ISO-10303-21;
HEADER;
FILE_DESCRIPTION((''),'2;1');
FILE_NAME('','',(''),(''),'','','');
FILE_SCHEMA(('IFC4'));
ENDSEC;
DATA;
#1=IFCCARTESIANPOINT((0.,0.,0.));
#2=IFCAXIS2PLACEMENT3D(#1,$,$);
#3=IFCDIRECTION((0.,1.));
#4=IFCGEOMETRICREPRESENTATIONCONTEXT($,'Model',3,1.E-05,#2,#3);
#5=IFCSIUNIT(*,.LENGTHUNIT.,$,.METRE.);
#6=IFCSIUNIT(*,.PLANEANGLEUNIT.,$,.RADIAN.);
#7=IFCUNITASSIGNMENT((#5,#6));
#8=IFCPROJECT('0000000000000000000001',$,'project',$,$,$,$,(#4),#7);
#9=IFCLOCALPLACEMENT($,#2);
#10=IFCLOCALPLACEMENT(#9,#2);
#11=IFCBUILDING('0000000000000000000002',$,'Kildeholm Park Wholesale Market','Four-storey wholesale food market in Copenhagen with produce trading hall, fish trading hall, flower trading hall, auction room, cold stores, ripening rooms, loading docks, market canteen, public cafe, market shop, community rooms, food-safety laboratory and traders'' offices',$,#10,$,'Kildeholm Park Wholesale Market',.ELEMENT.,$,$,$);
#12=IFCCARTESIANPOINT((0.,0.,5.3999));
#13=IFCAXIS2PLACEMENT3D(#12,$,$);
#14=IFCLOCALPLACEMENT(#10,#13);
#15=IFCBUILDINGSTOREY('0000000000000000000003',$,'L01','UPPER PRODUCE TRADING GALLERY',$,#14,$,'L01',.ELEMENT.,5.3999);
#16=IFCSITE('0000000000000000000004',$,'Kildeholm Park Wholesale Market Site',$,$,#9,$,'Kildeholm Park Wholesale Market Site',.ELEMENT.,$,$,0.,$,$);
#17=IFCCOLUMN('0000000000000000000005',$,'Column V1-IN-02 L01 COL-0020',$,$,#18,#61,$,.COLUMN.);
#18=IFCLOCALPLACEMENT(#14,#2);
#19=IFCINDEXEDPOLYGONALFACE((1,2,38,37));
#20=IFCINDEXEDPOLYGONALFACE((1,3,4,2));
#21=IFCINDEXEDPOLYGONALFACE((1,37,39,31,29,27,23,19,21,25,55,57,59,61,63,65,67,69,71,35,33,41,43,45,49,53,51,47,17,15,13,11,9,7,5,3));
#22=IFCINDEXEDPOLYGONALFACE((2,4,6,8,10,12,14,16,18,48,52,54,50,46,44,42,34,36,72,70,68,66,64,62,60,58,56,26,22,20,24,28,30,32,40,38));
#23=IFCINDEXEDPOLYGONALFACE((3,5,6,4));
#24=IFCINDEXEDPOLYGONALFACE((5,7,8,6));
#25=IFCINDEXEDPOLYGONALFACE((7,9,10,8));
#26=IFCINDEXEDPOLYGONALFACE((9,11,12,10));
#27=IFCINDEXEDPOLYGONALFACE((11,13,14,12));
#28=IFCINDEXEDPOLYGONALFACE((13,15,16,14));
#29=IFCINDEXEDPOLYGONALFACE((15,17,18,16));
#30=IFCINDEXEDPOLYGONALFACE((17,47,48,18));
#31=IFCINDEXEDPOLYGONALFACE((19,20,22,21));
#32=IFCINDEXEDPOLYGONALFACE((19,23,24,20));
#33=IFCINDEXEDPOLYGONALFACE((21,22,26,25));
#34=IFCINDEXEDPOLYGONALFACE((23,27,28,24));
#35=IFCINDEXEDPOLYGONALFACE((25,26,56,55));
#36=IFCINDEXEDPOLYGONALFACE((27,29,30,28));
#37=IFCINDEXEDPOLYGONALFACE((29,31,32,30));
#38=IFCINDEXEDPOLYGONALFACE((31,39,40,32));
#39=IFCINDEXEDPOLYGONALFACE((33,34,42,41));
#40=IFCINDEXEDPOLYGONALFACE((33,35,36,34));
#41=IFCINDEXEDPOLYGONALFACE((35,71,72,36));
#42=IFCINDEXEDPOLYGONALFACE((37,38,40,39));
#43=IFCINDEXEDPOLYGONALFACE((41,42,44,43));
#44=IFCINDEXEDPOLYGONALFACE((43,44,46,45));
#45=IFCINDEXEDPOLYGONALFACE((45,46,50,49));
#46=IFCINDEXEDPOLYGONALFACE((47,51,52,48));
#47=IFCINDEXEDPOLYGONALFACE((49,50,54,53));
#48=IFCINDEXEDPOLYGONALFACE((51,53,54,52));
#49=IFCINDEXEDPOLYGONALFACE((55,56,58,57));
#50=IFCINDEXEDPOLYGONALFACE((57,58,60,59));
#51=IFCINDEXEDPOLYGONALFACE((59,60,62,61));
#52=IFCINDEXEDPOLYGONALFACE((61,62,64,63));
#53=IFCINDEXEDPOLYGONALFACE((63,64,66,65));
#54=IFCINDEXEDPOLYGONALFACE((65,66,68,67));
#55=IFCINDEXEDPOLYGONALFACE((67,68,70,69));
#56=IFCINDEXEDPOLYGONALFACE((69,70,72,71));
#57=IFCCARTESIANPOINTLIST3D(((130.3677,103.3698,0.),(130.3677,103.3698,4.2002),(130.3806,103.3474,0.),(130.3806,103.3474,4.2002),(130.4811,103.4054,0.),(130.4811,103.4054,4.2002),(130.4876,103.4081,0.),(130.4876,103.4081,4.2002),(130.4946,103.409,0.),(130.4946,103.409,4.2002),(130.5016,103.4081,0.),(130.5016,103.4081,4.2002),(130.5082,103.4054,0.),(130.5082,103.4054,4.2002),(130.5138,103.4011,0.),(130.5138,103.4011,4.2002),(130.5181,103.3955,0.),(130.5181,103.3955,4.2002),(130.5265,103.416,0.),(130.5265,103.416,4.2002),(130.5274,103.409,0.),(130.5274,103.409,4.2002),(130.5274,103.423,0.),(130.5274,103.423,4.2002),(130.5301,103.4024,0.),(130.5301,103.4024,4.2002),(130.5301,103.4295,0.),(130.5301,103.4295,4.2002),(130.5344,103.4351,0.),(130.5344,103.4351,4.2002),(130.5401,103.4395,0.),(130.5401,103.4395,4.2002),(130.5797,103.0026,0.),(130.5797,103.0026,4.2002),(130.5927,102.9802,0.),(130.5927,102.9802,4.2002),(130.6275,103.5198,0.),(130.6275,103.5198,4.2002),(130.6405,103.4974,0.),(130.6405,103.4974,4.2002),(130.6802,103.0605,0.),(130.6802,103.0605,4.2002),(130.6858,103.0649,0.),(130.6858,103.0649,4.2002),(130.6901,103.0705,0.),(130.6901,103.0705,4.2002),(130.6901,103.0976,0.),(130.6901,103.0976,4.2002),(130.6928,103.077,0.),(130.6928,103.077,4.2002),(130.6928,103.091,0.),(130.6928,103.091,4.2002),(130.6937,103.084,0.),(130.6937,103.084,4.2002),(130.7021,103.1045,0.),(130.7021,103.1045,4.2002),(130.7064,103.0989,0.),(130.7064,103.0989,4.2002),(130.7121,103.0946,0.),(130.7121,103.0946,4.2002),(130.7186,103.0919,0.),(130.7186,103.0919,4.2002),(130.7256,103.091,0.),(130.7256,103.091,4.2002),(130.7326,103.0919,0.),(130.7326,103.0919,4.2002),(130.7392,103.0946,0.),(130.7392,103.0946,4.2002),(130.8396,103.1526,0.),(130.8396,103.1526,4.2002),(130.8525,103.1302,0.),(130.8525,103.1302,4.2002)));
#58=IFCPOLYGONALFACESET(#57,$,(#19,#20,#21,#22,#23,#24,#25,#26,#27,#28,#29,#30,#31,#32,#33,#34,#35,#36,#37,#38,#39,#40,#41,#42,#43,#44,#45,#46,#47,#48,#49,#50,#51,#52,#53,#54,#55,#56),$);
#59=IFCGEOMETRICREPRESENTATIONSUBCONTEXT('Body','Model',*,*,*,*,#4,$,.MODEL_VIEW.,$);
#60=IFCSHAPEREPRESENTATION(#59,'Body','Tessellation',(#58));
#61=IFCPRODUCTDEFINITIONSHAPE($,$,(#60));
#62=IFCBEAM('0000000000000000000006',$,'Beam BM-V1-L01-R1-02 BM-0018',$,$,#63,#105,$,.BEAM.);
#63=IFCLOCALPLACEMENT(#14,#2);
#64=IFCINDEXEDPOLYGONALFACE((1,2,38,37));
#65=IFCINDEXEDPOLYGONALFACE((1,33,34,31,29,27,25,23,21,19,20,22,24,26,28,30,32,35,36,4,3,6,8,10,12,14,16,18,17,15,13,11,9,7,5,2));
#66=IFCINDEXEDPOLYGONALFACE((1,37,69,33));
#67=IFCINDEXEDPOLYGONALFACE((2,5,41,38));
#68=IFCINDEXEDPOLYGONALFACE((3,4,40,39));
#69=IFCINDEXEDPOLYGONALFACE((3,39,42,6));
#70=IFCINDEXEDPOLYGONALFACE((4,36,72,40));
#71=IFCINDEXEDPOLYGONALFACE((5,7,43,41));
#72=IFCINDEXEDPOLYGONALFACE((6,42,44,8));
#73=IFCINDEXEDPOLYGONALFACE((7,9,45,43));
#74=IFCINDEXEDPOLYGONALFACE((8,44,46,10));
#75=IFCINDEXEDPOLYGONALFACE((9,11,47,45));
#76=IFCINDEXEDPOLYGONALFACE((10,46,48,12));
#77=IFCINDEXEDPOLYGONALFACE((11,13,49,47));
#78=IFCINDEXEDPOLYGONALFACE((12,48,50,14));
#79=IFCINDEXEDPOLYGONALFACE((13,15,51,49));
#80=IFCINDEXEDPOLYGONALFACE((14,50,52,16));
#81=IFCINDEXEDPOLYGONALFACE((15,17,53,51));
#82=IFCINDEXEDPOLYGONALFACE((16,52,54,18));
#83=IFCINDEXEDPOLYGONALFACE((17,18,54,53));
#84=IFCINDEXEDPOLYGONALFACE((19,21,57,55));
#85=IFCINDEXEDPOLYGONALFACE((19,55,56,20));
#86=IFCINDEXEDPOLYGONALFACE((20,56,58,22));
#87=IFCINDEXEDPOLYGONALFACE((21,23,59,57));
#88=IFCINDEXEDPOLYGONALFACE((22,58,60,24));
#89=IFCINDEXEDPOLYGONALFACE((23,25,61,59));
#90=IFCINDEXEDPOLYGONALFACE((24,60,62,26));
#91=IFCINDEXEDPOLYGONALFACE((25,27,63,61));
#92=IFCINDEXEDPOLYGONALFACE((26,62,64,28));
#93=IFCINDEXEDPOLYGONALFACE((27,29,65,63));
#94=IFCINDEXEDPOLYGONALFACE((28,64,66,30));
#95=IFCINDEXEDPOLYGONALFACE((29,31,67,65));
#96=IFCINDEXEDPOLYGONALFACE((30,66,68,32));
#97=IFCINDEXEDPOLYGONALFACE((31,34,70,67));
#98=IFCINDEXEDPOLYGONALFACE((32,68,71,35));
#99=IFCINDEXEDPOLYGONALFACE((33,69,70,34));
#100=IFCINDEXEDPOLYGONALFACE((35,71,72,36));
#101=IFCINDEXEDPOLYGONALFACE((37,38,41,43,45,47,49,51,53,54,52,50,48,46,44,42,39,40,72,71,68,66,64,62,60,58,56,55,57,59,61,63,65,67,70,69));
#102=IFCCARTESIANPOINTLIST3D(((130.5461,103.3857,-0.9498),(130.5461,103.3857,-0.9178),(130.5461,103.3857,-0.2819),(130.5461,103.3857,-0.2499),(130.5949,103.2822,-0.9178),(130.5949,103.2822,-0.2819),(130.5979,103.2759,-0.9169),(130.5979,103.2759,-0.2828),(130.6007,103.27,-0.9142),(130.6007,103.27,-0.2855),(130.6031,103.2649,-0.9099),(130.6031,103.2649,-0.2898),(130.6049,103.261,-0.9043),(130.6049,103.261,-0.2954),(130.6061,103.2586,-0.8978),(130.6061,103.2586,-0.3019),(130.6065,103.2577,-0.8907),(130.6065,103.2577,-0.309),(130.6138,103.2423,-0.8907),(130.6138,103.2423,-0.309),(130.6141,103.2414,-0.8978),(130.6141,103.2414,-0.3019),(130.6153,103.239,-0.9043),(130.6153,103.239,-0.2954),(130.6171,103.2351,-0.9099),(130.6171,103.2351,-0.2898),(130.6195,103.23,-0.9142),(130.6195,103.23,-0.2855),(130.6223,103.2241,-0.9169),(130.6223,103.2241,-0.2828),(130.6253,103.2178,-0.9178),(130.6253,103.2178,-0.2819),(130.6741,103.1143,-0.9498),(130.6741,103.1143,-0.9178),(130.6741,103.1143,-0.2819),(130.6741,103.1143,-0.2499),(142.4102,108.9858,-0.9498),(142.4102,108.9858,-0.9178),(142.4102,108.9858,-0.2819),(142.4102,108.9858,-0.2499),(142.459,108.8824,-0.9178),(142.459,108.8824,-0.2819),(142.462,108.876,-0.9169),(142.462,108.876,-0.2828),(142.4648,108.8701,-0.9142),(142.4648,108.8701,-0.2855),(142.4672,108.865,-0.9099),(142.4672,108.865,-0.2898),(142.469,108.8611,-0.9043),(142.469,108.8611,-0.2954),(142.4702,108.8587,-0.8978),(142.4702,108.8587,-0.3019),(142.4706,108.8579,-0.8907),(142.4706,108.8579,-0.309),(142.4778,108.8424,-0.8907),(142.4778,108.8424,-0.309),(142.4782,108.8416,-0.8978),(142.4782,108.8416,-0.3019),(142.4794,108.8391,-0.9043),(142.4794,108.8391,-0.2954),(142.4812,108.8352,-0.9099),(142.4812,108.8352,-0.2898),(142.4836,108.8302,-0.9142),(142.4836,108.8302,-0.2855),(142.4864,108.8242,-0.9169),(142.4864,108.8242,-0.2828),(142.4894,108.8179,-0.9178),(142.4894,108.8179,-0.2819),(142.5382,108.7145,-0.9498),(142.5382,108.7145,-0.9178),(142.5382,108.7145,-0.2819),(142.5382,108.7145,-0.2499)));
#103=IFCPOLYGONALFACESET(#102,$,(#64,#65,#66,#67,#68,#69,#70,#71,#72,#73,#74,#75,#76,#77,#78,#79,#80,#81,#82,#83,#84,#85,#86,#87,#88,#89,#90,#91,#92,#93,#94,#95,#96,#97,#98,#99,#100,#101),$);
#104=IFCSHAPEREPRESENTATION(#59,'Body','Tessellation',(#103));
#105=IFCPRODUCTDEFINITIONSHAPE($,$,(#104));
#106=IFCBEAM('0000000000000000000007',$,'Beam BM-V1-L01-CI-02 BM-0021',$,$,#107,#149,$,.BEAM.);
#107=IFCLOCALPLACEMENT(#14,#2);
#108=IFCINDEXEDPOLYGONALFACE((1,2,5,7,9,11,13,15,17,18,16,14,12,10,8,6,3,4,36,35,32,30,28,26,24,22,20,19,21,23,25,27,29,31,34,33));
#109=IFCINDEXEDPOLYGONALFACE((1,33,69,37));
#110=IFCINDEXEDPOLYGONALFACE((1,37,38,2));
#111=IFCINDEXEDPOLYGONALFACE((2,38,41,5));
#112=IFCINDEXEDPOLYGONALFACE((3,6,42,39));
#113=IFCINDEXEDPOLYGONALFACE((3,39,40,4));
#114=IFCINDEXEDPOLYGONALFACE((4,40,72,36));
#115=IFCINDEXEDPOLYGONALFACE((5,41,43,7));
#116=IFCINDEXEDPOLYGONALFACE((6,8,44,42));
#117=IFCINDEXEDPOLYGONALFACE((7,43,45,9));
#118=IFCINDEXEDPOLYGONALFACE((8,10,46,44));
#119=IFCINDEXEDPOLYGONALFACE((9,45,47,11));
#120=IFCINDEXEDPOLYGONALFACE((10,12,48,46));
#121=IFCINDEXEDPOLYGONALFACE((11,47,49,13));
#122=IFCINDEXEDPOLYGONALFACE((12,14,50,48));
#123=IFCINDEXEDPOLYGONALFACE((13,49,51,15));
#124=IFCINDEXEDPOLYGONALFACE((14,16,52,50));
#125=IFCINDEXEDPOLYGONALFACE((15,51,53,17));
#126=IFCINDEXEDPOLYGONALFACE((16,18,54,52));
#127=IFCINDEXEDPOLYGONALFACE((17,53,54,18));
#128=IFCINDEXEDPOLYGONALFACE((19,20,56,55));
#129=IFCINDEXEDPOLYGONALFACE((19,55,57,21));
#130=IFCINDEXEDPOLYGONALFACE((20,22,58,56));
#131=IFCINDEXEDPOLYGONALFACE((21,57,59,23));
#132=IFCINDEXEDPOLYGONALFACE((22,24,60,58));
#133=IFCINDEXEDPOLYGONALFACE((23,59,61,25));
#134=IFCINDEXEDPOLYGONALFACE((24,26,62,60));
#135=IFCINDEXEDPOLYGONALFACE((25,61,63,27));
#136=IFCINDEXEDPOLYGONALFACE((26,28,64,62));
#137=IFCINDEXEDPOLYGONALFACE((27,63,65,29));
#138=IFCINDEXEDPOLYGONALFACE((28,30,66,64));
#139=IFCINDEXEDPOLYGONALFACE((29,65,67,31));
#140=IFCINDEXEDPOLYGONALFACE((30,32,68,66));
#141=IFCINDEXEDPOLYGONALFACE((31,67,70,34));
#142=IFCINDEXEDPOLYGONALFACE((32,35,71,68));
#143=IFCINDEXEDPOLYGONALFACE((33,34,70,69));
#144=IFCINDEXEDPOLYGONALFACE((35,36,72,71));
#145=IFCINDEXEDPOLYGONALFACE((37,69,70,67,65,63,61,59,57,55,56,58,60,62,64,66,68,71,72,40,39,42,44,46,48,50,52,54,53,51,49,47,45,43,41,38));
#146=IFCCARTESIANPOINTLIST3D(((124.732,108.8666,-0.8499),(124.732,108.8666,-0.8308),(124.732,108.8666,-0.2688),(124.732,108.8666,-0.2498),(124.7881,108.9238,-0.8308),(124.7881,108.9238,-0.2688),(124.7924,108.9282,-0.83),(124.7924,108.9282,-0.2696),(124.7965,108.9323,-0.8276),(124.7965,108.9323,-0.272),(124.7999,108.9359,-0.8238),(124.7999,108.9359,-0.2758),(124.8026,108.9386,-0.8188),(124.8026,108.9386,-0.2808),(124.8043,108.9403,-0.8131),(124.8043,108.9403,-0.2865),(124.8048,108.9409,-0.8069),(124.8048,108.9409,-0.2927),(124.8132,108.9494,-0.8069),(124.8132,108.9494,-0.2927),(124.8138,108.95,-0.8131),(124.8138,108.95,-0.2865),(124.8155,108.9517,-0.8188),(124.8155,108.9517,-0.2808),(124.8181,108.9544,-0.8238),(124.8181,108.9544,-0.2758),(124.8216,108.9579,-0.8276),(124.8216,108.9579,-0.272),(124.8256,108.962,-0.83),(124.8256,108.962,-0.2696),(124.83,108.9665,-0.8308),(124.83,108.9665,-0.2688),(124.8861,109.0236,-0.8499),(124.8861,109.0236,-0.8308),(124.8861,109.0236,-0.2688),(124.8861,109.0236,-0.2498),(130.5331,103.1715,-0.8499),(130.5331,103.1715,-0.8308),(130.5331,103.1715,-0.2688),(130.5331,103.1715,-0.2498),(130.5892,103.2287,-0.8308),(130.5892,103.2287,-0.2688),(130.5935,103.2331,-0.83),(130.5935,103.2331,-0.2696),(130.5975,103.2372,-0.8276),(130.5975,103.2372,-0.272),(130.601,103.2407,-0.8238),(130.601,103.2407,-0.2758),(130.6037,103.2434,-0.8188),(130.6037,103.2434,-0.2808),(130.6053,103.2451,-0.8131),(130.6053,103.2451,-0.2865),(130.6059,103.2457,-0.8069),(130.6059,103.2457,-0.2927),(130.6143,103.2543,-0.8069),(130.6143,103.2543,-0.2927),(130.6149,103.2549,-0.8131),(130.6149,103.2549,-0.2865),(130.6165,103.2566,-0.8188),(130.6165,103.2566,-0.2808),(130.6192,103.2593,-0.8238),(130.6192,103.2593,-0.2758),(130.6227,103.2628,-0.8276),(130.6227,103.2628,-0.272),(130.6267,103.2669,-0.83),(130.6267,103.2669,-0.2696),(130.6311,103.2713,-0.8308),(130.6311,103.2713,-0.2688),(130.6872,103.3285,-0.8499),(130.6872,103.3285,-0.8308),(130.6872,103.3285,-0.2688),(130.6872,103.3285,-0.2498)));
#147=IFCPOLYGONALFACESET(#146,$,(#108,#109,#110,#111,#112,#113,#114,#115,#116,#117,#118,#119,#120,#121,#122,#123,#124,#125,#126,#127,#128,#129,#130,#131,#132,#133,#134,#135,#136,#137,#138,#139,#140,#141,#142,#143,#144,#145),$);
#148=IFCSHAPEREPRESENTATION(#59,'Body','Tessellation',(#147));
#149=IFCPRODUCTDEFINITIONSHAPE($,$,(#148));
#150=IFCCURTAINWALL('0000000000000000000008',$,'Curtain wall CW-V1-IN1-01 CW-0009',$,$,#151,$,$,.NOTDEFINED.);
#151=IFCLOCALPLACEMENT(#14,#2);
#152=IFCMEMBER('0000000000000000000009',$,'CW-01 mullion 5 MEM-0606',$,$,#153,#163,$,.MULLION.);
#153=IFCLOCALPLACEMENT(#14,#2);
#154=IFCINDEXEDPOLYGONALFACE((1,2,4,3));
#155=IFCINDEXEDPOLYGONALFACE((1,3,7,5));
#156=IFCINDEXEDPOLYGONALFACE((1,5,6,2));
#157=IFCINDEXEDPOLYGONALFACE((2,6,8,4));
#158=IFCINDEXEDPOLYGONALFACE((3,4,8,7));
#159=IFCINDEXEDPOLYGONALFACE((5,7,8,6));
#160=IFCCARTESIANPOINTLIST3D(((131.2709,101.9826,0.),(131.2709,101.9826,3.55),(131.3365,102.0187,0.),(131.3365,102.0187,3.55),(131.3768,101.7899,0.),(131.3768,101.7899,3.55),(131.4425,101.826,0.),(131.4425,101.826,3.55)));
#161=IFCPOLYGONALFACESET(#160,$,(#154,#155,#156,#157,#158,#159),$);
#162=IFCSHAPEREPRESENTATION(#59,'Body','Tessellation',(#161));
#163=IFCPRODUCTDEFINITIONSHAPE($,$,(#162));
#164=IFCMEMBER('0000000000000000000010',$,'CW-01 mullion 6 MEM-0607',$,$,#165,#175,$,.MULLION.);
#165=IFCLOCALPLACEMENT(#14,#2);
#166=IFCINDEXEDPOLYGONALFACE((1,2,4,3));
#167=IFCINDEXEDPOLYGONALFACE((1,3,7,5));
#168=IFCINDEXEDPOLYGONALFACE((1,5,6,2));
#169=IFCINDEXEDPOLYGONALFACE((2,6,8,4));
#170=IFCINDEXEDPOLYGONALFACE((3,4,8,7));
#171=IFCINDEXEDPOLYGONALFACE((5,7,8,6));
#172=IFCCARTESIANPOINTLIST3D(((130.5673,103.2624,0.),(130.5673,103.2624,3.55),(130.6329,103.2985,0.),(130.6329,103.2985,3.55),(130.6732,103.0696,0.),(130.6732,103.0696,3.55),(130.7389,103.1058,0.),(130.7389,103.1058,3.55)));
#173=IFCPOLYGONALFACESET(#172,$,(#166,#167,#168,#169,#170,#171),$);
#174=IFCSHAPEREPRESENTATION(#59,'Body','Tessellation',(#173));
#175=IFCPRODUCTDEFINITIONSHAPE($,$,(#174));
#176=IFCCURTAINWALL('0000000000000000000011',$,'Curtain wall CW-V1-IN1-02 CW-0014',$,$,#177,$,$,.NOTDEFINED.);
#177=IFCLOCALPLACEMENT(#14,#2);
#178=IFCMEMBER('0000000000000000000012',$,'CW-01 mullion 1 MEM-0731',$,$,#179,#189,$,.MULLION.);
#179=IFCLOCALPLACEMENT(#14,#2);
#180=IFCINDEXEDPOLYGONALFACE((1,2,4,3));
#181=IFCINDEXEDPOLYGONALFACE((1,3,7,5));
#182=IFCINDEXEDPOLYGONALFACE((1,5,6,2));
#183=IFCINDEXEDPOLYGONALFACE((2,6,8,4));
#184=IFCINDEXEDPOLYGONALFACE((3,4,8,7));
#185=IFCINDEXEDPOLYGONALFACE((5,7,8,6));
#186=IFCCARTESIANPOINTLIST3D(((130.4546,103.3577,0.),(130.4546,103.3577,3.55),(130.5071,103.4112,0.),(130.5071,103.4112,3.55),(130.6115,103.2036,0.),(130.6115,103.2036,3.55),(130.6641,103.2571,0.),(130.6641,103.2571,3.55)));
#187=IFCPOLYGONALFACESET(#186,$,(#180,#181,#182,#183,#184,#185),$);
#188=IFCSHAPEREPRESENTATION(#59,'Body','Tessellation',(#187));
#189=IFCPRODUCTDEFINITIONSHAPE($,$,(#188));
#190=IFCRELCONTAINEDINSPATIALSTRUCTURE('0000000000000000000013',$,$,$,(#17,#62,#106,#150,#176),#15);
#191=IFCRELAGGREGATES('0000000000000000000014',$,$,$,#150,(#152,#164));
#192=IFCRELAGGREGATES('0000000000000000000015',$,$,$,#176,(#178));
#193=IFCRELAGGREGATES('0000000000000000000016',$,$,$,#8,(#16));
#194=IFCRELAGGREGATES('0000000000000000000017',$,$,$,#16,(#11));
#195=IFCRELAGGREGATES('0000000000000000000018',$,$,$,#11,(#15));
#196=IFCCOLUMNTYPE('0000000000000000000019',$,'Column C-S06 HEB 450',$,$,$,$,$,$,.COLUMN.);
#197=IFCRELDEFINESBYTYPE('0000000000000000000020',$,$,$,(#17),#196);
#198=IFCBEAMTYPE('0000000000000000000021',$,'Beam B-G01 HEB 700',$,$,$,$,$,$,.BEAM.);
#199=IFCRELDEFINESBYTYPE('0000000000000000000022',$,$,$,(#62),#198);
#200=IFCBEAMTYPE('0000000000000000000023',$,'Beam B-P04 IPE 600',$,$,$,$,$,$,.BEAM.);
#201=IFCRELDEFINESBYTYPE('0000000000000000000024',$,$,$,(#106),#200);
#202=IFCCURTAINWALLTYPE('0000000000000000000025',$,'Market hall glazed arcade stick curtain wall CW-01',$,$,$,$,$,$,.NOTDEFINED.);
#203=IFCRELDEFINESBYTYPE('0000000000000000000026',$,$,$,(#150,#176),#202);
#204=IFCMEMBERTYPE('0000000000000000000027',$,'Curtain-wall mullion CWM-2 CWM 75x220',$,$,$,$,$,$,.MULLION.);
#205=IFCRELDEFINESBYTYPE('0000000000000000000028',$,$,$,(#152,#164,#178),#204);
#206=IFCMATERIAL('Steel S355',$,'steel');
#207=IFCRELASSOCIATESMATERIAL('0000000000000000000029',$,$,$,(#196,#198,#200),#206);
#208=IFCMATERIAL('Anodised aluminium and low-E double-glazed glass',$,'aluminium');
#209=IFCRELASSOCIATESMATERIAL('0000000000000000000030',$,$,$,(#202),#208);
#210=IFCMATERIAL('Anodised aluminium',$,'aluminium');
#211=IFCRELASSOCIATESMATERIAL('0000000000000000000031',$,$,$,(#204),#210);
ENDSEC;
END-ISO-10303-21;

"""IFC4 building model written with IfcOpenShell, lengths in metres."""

from ifc_helpers import new_model, si_unit, direction, frame, origin, origin_2d, place, context, subcontext, project, spatial, rectangle, i_section, extrude, material, material_profile, profile_set, type_object, element, aggregate, save


model = new_model("IFC4")

# Units and contexts
model_context = context("Model", 3, precision=1e-05, world=origin(), true_north=direction((0.0, 1.0)))
body_context = subcontext(model_context, "Body", "Model", "MODEL_VIEW")
ifc_project = project(units=[si_unit("LENGTHUNIT", "METRE"), si_unit("PLANEANGLEUNIT", "RADIAN")], contexts=[model_context])

# Site, building, storey
site_placement = place(None, origin())
site = spatial("IfcSite", under=ifc_project, at=site_placement, Name="Kildeholm Park Wholesale Market Site", LongName="Kildeholm Park Wholesale Market Site", CompositionType="ELEMENT", RefElevation=0.0)
building_placement = place(site_placement, origin())
building = spatial("IfcBuilding", under=site, at=building_placement, Name="Kildeholm Park Wholesale Market", Description="Four-storey wholesale food market in Copenhagen with produce trading hall, fish trading hall, flower trading hall, auction room, cold stores, ripening rooms, loading docks, market canteen, public cafe, market shop, community rooms, food-safety laboratory and traders' offices", LongName="Kildeholm Park Wholesale Market", CompositionType="ELEMENT")
storey_placement = place(building_placement, frame((0.0, 0.0, 5.3999)))
storey = spatial("IfcBuildingStorey", under=building, at=storey_placement, Name="L01", Description="UPPER PRODUCE TRADING GALLERY", LongName="L01", CompositionType="ELEMENT", Elevation=5.3999)

# Column
ifc_material_1 = material(Name="Steel S355", Category="steel")
ifc_material_profile_1 = material_profile(ifc_material_1, i_section(OverallWidth=0.3, OverallDepth=0.45, WebThickness=0.0139, FlangeThickness=0.0259, FilletRadius=0.0271, at=origin_2d()), Name="HEB 450")
ifc_profile_set_1 = profile_set([ifc_material_profile_1], Name="Steel S355")
column_type = type_object("IfcColumnType", Name="Column C-S06 HEB 450", PredefinedType="COLUMN", material=ifc_profile_set_1)
column_placement = place(storey_placement, frame((130.6101, 103.25, 0.0), z_axis=(0.0, 0.0, 1.0), x_axis=(0.866025, 0.5, 0.0)))
element("IfcColumn", 1, at=column_placement, inside=storey, type_object=column_type, Name="Column V1-IN-02 L01 COL-0020", PredefinedType="COLUMN", context=body_context, shape_type="SweptSolid", body=[
    extrude(i_section(OverallWidth=0.3, OverallDepth=0.45, WebThickness=0.0139, FlangeThickness=0.0259, FilletRadius=0.0271, at=origin_2d()), origin(), (0.0, 0.0, 1.0), 4.2002),
])

# Beams
ifc_material_profile_2 = material_profile(ifc_material_1, i_section(OverallWidth=0.3, OverallDepth=0.7, WebThickness=0.0171, FlangeThickness=0.032, FilletRadius=0.0271, at=origin_2d()), Name="HEB 700")
ifc_profile_set_2 = profile_set([ifc_material_profile_2], Name="Steel S355")
beam_type_1 = type_object("IfcBeamType", Name="Beam B-G01 HEB 700", PredefinedType="BEAM", material=ifc_profile_set_2)
beam_1_placement = place(storey_placement, frame((130.6101, 103.25, -0.5999), z_axis=(0.904318, 0.42686, 0.0), x_axis=(-0.42686, 0.904318, 0.0)))
element("IfcBeam", 2, at=beam_1_placement, inside=storey, type_object=beam_type_1, Name="Beam BM-V1-L01-R1-02 BM-0018", PredefinedType="BEAM", context=body_context, shape_type="SweptSolid", body=[
    extrude(i_section(OverallWidth=0.3, OverallDepth=0.7, WebThickness=0.0171, FlangeThickness=0.032, FilletRadius=0.0271, at=origin_2d()), origin(), (0.0, 0.0, 1.0), 13.1194),
])
ifc_material_profile_3 = material_profile(ifc_material_1, i_section(OverallWidth=0.22, OverallDepth=0.6001, WebThickness=0.012, FlangeThickness=0.019, FilletRadius=0.0239, at=origin_2d()), Name="IPE 600")
ifc_profile_set_3 = profile_set([ifc_material_profile_3], Name="Steel S355")
beam_type_2 = type_object("IfcBeamType", Name="Beam B-P04 IPE 600", PredefinedType="BEAM", material=ifc_profile_set_3)
beam_2_placement = place(storey_placement, frame((130.6101, 103.25, -0.5498), z_axis=(-0.713594, 0.70056, 0.0), x_axis=(-0.70056, -0.713594, 0.0)))
element("IfcBeam", 3, at=beam_2_placement, inside=storey, type_object=beam_type_2, Name="Beam BM-V1-L01-CI-02 BM-0021", PredefinedType="BEAM", context=body_context, shape_type="SweptSolid", body=[
    extrude(i_section(OverallWidth=0.22, OverallDepth=0.6001, WebThickness=0.012, FlangeThickness=0.019, FilletRadius=0.0239, at=origin_2d()), origin(), (0.0, 0.0, 1.0), 8.1294),
])

# Curtain wall, members
ifc_material_2 = material(Name="Anodised aluminium and low-E double-glazed glass", Category="aluminium")
curtain_wall_type = type_object("IfcCurtainWallType", Name="Market hall glazed arcade stick curtain wall CW-01", PredefinedType="NOTDEFINED", material=ifc_material_2)
curtain_wall_1_placement = place(storey_placement, origin())
curtain_wall_1 = element("IfcCurtainWall", 4, at=curtain_wall_1_placement, inside=storey, type_object=curtain_wall_type, Name="Curtain wall CW-V1-IN1-01 CW-0009", PredefinedType="NOTDEFINED")
ifc_material_3 = material(Name="Anodised aluminium", Category="aluminium")
ifc_material_profile_4 = material_profile(ifc_material_3, rectangle(XDim=0.075, YDim=0.22, at=origin_2d()), Name="CWM 75x220")
ifc_profile_set_4 = profile_set([ifc_material_profile_4], Name="Anodised aluminium")
member_type_1 = type_object("IfcMemberType", Name="Curtain-wall mullion CWM-2 CWM 75x220", PredefinedType="MULLION", material=ifc_profile_set_4)
member_1_placement = place(storey_placement, frame((131.3567, 101.9043, 0.0), z_axis=(0.0, 0.0, 1.0), x_axis=(-0.876309, -0.48175, 0.0)))
member_1 = element("IfcMember", 5, at=member_1_placement, type_object=member_type_1, Name="CW-01 mullion 5 MEM-0606", PredefinedType="MULLION", context=body_context, shape_type="SweptSolid", body=[
    extrude(rectangle(XDim=0.075, YDim=0.22, at=origin_2d()), origin(), (0.0, 0.0, 1.0), 3.55),
])
member_2_placement = place(storey_placement, frame((130.6531, 103.1841, 0.0), z_axis=(0.0, 0.0, 1.0), x_axis=(-0.876309, -0.48175, 0.0)))
member_2 = element("IfcMember", 6, at=member_2_placement, type_object=member_type_1, Name="CW-01 mullion 6 MEM-0607", PredefinedType="MULLION", context=body_context, shape_type="SweptSolid", body=[
    extrude(rectangle(XDim=0.075, YDim=0.22, at=origin_2d()), origin(), (0.0, 0.0, 1.0), 3.55),
])

# Curtain wall, member
curtain_wall_2_placement = place(storey_placement, origin())
curtain_wall_2 = element("IfcCurtainWall", 7, at=curtain_wall_2_placement, inside=storey, type_object=curtain_wall_type, Name="Curtain wall CW-V1-IN1-02 CW-0014", PredefinedType="NOTDEFINED")
member_3_placement = place(storey_placement, frame((130.5593, 103.3074, 0.0), z_axis=(0.0, 0.0, 1.0), x_axis=(-0.700617, -0.713538, 0.0)))
member_3 = element("IfcMember", 8, at=member_3_placement, type_object=member_type_1, Name="CW-01 mullion 1 MEM-0731", PredefinedType="MULLION", context=body_context, shape_type="SweptSolid", body=[
    extrude(rectangle(XDim=0.075, YDim=0.22, at=origin_2d()), origin(), (0.0, 0.0, 1.0), 3.55),
])

aggregate(curtain_wall_1, [member_1, member_2])
aggregate(curtain_wall_2, [member_3])

save(model, "model.ifc")
